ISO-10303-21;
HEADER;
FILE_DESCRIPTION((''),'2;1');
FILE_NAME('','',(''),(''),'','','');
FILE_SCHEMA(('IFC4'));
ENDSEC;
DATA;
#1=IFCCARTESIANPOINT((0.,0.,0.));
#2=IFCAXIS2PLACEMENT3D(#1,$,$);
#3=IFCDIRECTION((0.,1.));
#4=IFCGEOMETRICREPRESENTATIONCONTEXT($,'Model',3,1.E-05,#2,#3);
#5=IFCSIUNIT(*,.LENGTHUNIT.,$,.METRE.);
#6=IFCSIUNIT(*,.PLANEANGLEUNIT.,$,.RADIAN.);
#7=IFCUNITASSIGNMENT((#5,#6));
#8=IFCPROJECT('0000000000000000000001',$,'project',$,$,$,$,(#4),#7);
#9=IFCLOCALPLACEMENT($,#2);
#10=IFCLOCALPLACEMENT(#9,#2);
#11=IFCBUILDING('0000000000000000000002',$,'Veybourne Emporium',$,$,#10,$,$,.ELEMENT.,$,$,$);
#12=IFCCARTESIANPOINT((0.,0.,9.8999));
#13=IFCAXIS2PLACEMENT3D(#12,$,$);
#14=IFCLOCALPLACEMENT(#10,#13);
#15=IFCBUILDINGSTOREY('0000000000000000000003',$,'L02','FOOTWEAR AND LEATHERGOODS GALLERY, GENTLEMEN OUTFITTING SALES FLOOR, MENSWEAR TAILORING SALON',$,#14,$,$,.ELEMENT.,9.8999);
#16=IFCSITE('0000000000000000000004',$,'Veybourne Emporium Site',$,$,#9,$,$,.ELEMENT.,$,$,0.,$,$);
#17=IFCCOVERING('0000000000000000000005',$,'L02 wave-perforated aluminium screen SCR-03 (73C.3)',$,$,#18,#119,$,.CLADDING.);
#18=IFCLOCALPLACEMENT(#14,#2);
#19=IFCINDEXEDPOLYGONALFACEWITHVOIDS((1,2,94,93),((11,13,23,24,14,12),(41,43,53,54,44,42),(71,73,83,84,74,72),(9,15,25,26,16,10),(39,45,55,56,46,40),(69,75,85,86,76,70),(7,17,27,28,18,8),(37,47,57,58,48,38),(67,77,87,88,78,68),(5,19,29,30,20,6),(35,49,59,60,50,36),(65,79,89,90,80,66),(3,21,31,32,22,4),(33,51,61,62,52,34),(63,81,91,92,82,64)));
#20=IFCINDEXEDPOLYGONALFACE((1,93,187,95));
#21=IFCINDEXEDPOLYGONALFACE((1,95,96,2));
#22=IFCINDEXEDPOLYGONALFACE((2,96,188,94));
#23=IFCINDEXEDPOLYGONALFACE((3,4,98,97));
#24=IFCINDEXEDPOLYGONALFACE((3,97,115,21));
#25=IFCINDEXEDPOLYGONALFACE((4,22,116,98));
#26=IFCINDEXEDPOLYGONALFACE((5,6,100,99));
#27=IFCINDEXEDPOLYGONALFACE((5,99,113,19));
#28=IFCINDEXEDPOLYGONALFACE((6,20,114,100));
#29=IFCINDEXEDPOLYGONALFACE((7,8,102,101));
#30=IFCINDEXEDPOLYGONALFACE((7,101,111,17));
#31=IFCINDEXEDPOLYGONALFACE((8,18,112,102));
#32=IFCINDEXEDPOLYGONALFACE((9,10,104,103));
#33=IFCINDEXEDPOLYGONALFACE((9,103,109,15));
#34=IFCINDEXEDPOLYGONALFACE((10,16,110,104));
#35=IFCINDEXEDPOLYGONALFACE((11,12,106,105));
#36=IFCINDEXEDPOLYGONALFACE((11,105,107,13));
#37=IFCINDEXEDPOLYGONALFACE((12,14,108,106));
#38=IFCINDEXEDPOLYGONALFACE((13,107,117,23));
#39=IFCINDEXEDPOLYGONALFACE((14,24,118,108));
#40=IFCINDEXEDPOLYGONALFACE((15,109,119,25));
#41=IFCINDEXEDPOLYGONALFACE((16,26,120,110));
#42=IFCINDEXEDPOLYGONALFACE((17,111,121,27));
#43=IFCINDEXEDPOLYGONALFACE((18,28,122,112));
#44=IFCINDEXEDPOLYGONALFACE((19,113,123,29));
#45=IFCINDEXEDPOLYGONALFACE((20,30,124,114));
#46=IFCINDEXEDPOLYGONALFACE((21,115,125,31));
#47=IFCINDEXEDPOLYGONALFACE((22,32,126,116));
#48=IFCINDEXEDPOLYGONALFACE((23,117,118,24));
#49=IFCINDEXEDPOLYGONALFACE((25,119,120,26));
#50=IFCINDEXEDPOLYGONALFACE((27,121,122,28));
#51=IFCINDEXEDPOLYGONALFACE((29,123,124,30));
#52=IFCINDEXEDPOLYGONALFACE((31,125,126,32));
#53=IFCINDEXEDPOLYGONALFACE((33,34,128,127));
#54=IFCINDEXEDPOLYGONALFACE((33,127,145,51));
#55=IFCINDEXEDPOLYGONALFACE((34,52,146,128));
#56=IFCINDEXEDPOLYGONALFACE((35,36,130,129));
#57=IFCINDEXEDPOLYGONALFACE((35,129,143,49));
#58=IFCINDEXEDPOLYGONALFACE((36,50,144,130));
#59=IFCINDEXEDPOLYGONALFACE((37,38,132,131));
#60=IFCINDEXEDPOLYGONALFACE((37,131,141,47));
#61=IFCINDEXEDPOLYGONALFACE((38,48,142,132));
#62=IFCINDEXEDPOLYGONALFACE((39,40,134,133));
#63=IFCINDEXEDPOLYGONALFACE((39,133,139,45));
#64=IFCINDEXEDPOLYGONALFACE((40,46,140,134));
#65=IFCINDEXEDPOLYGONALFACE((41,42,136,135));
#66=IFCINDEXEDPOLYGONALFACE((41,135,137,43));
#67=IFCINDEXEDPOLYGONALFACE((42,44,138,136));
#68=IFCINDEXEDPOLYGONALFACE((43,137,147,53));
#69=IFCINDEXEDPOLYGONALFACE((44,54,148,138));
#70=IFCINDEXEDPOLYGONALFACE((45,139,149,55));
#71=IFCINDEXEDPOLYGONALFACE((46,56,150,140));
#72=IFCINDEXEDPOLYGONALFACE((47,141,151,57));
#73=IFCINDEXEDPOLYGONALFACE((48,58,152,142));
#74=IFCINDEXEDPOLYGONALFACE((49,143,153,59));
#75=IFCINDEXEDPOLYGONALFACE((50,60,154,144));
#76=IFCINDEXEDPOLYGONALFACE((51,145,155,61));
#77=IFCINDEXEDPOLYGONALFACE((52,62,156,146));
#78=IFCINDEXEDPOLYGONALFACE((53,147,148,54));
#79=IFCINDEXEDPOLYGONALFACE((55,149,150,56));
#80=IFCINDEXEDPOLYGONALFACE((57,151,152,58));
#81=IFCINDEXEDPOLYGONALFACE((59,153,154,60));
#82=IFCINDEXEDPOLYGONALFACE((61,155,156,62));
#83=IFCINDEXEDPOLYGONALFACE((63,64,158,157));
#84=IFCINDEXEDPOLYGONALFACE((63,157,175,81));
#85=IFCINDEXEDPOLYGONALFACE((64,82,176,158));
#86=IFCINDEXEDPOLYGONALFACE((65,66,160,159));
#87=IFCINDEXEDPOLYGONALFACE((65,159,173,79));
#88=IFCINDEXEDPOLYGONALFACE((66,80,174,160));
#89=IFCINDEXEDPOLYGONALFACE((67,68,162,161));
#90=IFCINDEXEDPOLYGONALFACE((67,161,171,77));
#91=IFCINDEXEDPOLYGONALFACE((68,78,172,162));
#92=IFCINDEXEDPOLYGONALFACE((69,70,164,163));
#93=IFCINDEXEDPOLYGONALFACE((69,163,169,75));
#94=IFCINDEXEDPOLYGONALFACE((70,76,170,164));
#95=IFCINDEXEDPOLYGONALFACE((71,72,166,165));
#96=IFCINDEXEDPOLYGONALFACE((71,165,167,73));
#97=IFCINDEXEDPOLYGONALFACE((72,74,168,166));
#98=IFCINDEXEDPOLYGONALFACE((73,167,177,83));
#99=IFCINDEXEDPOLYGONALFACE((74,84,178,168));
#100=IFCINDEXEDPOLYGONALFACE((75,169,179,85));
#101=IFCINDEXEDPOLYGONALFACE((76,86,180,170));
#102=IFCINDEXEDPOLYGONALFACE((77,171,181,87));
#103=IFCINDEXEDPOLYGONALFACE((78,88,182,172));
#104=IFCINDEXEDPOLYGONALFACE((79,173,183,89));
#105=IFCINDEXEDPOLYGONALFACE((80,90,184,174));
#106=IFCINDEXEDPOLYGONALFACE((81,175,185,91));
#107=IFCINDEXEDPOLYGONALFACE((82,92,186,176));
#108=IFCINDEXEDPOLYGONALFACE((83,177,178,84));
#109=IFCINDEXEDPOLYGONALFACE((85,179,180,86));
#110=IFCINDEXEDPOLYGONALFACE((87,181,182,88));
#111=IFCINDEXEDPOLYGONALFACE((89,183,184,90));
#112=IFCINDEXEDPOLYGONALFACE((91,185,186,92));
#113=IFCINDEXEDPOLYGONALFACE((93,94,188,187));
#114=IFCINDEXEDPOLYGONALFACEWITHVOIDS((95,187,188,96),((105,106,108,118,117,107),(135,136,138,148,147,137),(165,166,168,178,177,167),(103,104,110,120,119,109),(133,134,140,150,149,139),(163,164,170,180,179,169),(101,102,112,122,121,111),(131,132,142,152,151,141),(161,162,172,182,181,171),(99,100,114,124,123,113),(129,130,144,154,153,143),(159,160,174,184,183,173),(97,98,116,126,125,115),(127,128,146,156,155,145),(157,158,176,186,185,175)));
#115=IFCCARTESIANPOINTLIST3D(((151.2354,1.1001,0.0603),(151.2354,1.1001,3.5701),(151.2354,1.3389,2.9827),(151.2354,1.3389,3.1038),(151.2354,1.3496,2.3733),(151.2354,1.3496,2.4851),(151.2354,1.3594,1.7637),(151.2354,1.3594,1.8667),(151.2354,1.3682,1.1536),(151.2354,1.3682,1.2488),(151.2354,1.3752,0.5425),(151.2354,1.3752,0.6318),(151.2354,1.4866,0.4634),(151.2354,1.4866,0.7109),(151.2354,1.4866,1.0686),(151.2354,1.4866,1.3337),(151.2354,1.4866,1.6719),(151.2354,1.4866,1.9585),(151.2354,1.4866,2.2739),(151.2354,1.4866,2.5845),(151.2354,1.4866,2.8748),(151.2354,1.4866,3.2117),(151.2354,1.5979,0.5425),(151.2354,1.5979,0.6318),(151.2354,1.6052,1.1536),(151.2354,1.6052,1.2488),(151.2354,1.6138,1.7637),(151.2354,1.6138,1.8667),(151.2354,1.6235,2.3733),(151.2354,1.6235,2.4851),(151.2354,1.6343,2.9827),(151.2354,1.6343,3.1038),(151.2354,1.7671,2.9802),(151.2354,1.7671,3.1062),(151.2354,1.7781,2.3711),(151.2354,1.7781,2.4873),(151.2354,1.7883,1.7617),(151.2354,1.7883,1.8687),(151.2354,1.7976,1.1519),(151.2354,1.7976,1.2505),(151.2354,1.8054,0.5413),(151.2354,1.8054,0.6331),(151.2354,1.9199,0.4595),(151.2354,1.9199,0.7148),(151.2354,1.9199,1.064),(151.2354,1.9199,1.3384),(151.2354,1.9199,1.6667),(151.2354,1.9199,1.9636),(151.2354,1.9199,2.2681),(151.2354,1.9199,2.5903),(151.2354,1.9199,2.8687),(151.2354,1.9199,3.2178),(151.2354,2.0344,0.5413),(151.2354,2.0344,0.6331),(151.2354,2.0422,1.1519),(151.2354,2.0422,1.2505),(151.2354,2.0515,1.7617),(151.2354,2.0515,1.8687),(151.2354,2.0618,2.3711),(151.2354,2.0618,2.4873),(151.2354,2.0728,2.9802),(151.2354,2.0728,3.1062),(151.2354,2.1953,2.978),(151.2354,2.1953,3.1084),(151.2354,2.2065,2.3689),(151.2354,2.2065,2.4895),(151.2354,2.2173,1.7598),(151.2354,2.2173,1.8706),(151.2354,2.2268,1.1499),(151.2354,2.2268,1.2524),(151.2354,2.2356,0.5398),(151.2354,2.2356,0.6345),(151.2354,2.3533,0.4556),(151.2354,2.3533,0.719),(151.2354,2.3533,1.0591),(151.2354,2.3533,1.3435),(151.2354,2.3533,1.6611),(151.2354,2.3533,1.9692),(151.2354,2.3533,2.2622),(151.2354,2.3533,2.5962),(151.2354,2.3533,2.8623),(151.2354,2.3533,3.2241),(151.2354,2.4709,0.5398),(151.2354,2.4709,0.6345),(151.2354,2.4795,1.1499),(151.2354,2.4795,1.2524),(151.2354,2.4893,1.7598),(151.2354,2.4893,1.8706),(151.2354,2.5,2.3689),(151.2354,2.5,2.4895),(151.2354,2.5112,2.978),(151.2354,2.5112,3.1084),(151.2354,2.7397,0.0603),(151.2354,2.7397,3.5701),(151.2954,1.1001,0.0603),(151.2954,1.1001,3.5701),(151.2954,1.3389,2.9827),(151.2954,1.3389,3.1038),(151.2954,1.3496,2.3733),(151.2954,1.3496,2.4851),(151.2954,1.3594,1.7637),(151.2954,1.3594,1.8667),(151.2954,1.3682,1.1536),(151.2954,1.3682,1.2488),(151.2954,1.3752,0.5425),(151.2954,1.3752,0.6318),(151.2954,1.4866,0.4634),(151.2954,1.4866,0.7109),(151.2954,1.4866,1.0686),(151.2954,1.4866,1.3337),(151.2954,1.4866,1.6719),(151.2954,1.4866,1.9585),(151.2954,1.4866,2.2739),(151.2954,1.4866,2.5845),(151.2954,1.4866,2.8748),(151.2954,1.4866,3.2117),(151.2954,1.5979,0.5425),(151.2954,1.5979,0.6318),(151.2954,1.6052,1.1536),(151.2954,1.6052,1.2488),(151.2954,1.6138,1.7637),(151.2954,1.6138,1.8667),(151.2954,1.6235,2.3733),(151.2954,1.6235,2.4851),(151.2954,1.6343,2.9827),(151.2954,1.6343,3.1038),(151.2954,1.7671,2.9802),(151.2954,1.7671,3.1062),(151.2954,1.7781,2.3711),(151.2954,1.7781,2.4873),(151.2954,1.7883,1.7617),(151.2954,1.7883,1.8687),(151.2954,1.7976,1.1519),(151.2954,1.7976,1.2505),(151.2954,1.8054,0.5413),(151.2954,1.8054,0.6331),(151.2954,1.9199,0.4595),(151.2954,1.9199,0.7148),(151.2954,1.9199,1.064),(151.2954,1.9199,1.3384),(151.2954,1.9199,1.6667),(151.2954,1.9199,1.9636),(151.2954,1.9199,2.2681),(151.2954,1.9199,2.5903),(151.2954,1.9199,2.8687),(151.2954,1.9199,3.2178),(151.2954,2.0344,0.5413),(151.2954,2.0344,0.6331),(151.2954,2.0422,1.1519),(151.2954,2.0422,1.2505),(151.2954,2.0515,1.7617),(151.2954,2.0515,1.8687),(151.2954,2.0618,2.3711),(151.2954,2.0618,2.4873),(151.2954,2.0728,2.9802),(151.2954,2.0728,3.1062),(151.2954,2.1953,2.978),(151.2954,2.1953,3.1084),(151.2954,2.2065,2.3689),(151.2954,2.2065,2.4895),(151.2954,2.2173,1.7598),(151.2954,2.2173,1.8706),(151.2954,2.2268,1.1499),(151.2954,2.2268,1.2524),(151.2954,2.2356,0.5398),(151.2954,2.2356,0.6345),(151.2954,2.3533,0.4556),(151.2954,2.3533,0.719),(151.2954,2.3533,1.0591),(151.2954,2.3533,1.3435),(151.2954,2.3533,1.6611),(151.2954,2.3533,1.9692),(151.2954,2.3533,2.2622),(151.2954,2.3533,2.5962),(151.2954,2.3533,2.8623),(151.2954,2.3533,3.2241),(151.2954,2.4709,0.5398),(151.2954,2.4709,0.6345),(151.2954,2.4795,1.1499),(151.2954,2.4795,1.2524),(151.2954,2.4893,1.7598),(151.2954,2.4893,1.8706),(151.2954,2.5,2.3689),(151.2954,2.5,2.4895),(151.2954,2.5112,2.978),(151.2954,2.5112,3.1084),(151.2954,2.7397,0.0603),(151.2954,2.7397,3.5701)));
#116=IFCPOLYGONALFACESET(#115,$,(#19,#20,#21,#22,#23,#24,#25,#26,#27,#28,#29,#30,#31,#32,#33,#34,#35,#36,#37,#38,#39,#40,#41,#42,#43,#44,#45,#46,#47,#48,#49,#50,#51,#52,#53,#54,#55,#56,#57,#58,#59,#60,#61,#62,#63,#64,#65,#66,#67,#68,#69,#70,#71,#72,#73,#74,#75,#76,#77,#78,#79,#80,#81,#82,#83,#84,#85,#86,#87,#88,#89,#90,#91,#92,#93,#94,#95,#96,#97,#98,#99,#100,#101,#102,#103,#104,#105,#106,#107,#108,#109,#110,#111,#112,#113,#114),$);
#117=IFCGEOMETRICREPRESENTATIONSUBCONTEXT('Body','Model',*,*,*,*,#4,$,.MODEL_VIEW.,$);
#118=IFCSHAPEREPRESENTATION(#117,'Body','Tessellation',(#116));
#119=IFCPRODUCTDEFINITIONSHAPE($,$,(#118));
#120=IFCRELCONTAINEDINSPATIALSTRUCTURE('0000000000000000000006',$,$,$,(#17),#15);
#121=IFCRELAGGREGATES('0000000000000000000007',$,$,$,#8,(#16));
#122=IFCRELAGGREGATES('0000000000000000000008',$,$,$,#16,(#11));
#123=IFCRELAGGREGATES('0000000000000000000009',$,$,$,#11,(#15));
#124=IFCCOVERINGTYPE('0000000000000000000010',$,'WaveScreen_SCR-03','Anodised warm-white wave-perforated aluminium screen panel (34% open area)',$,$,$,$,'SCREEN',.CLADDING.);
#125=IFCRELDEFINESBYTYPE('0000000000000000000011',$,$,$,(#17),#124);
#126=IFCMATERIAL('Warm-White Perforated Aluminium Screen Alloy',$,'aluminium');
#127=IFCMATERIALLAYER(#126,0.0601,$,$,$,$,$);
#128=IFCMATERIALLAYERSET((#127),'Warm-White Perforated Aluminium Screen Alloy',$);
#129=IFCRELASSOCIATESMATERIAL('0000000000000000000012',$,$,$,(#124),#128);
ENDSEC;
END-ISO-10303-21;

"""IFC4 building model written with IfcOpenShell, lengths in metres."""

from ifc_helpers import new_model, si_unit, direction, frame, origin, place, context, subcontext, project, spatial, polyline, outline, extrude, material, layer, layer_set, type_object, element, save


model = new_model("IFC4")

# Units and contexts
model_context = context("Model", 3, precision=1e-05, world=origin(), true_north=direction((0.0, 1.0)))
body_context = subcontext(model_context, "Body", "Model", "MODEL_VIEW")
ifc_project = project(units=[si_unit("LENGTHUNIT", "METRE"), si_unit("PLANEANGLEUNIT", "RADIAN")], contexts=[model_context])

# Site, building, storey
site_placement = place(None, origin())
site = spatial("IfcSite", under=ifc_project, at=site_placement, Name="Veybourne Emporium Site", CompositionType="ELEMENT", RefElevation=0.0)
building_placement = place(site_placement, origin())
building = spatial("IfcBuilding", under=site, at=building_placement, Name="Veybourne Emporium", CompositionType="ELEMENT")
storey_placement = place(building_placement, frame((0.0, 0.0, 9.8999)))
storey = spatial("IfcBuildingStorey", under=building, at=storey_placement, Name="L02", Description="FOOTWEAR AND LEATHERGOODS GALLERY, GENTLEMEN OUTFITTING SALES FLOOR, MENSWEAR TAILORING SALON", CompositionType="ELEMENT", Elevation=9.8999)

# Covering
ifc_material_1 = material(Name="Warm-White Perforated Aluminium Screen Alloy", Category="aluminium")
ifc_layer_1 = layer(ifc_material_1, 0.0601)
ifc_layer_set_1 = layer_set([ifc_layer_1], Name="Warm-White Perforated Aluminium Screen Alloy")
covering_type_1 = type_object("IfcCoveringType", Name="WaveScreen_SCR-03", Description="Anodised warm-white wave-perforated aluminium screen panel (34% open area)", ElementType="SCREEN", PredefinedType="CLADDING", material=ifc_layer_set_1)
covering_1_placement = place(storey_placement, frame((151.2954, 1.9199, 1.8152), z_axis=(-1.0, 0.0, 0.0), x_axis=(0.0, -1.0, 0.0)))
element("IfcCovering", 1, at=covering_1_placement, inside=storey, type_object=covering_type_1, Name="L02 wave-perforated aluminium screen SCR-03 (73C.3)", PredefinedType="CLADDING", context=body_context, shape_type="SweptSolid", body=[
    extrude(outline(polyline([(-0.8198, -1.7549), (0.8198, -1.7549), (0.8198, 1.7549), (-0.8198, 1.7549), (-0.8198, -1.7549)]), holes=[polyline([(-0.4333, -1.0962), (-0.3157, -1.1807), (-0.3157, -1.2754), (-0.4333, -1.3596), (-0.551, -1.2754), (-0.551, -1.1807), (-0.4333, -1.0962)]), polyline([(-0.4333, -0.4717), (-0.3069, -0.5627), (-0.3069, -0.6653), (-0.4333, -0.7561), (-0.5596, -0.6653), (-0.5596, -0.5627), (-0.4333, -0.4717)]), polyline([(-0.4333, 0.1541), (-0.2974, 0.0554), (-0.2974, -0.0554), (-0.4333, -0.1541), (-0.5693, -0.0554), (-0.5693, 0.0554), (-0.4333, 0.1541)]), polyline([(-0.4333, 0.781), (-0.2866, 0.6743), (-0.2866, 0.5537), (-0.4333, 0.447), (-0.5801, 0.5537), (-0.5801, 0.6743), (-0.4333, 0.781)]), polyline([(-0.4333, 1.4089), (-0.2754, 1.2932), (-0.2754, 1.1628), (-0.4333, 1.0471), (-0.5913, 1.1628), (-0.5913, 1.2932), (-0.4333, 1.4089)]), polyline([(0.0, -1.1003), (0.1145, -1.1821), (0.1145, -1.2739), (0.0, -1.3557), (-0.1145, -1.2739), (-0.1145, -1.1821), (0.0, -1.1003)]), polyline([(0.0, -0.4768), (0.1223, -0.5647), (0.1223, -0.6633), (0.0, -0.7512), (-0.1223, -0.6633), (-0.1223, -0.5647), (0.0, -0.4768)]), polyline([(0.0, 0.1484), (0.1316, 0.0535), (0.1316, -0.0535), (0.0, -0.1484), (-0.1316, -0.0535), (-0.1316, 0.0535), (0.0, 0.1484)]), polyline([(0.0, 0.7751), (0.1418, 0.6721), (0.1418, 0.5559), (0.0, 0.4529), (-0.1418, 0.5559), (-0.1418, 0.6721), (0.0, 0.7751)]), polyline([(0.0, 1.4026), (0.1528, 1.291), (0.1528, 1.165), (0.0, 1.0535), (-0.1528, 1.165), (-0.1528, 1.291), (0.0, 1.4026)]), polyline([(0.4333, -1.1042), (0.5447, -1.1833), (0.5447, -1.2727), (0.4333, -1.3518), (0.322, -1.2727), (0.322, -1.1833), (0.4333, -1.1042)]), polyline([(0.4333, -0.4814), (0.5518, -0.5664), (0.5518, -0.6616), (0.4333, -0.7466), (0.3147, -0.6616), (0.3147, -0.5664), (0.4333, -0.4814)]), polyline([(0.4333, 0.1433), (0.5605, 0.0515), (0.5605, -0.0515), (0.4333, -0.1433), (0.3062, -0.0515), (0.3062, 0.0515), (0.4333, 0.1433)]), polyline([(0.4333, 0.7693), (0.5703, 0.6699), (0.5703, 0.5581), (0.4333, 0.4587), (0.2964, 0.5581), (0.2964, 0.6699), (0.4333, 0.7693)]), polyline([(0.4333, 1.3965), (0.5811, 1.2886), (0.5811, 1.1675), (0.4333, 1.0596), (0.2856, 1.1675), (0.2856, 1.2886), (0.4333, 1.3965)])]), origin(), (0.0, 0.0, 1.0), 0.0601),
])

save(model, "model.ifc")
